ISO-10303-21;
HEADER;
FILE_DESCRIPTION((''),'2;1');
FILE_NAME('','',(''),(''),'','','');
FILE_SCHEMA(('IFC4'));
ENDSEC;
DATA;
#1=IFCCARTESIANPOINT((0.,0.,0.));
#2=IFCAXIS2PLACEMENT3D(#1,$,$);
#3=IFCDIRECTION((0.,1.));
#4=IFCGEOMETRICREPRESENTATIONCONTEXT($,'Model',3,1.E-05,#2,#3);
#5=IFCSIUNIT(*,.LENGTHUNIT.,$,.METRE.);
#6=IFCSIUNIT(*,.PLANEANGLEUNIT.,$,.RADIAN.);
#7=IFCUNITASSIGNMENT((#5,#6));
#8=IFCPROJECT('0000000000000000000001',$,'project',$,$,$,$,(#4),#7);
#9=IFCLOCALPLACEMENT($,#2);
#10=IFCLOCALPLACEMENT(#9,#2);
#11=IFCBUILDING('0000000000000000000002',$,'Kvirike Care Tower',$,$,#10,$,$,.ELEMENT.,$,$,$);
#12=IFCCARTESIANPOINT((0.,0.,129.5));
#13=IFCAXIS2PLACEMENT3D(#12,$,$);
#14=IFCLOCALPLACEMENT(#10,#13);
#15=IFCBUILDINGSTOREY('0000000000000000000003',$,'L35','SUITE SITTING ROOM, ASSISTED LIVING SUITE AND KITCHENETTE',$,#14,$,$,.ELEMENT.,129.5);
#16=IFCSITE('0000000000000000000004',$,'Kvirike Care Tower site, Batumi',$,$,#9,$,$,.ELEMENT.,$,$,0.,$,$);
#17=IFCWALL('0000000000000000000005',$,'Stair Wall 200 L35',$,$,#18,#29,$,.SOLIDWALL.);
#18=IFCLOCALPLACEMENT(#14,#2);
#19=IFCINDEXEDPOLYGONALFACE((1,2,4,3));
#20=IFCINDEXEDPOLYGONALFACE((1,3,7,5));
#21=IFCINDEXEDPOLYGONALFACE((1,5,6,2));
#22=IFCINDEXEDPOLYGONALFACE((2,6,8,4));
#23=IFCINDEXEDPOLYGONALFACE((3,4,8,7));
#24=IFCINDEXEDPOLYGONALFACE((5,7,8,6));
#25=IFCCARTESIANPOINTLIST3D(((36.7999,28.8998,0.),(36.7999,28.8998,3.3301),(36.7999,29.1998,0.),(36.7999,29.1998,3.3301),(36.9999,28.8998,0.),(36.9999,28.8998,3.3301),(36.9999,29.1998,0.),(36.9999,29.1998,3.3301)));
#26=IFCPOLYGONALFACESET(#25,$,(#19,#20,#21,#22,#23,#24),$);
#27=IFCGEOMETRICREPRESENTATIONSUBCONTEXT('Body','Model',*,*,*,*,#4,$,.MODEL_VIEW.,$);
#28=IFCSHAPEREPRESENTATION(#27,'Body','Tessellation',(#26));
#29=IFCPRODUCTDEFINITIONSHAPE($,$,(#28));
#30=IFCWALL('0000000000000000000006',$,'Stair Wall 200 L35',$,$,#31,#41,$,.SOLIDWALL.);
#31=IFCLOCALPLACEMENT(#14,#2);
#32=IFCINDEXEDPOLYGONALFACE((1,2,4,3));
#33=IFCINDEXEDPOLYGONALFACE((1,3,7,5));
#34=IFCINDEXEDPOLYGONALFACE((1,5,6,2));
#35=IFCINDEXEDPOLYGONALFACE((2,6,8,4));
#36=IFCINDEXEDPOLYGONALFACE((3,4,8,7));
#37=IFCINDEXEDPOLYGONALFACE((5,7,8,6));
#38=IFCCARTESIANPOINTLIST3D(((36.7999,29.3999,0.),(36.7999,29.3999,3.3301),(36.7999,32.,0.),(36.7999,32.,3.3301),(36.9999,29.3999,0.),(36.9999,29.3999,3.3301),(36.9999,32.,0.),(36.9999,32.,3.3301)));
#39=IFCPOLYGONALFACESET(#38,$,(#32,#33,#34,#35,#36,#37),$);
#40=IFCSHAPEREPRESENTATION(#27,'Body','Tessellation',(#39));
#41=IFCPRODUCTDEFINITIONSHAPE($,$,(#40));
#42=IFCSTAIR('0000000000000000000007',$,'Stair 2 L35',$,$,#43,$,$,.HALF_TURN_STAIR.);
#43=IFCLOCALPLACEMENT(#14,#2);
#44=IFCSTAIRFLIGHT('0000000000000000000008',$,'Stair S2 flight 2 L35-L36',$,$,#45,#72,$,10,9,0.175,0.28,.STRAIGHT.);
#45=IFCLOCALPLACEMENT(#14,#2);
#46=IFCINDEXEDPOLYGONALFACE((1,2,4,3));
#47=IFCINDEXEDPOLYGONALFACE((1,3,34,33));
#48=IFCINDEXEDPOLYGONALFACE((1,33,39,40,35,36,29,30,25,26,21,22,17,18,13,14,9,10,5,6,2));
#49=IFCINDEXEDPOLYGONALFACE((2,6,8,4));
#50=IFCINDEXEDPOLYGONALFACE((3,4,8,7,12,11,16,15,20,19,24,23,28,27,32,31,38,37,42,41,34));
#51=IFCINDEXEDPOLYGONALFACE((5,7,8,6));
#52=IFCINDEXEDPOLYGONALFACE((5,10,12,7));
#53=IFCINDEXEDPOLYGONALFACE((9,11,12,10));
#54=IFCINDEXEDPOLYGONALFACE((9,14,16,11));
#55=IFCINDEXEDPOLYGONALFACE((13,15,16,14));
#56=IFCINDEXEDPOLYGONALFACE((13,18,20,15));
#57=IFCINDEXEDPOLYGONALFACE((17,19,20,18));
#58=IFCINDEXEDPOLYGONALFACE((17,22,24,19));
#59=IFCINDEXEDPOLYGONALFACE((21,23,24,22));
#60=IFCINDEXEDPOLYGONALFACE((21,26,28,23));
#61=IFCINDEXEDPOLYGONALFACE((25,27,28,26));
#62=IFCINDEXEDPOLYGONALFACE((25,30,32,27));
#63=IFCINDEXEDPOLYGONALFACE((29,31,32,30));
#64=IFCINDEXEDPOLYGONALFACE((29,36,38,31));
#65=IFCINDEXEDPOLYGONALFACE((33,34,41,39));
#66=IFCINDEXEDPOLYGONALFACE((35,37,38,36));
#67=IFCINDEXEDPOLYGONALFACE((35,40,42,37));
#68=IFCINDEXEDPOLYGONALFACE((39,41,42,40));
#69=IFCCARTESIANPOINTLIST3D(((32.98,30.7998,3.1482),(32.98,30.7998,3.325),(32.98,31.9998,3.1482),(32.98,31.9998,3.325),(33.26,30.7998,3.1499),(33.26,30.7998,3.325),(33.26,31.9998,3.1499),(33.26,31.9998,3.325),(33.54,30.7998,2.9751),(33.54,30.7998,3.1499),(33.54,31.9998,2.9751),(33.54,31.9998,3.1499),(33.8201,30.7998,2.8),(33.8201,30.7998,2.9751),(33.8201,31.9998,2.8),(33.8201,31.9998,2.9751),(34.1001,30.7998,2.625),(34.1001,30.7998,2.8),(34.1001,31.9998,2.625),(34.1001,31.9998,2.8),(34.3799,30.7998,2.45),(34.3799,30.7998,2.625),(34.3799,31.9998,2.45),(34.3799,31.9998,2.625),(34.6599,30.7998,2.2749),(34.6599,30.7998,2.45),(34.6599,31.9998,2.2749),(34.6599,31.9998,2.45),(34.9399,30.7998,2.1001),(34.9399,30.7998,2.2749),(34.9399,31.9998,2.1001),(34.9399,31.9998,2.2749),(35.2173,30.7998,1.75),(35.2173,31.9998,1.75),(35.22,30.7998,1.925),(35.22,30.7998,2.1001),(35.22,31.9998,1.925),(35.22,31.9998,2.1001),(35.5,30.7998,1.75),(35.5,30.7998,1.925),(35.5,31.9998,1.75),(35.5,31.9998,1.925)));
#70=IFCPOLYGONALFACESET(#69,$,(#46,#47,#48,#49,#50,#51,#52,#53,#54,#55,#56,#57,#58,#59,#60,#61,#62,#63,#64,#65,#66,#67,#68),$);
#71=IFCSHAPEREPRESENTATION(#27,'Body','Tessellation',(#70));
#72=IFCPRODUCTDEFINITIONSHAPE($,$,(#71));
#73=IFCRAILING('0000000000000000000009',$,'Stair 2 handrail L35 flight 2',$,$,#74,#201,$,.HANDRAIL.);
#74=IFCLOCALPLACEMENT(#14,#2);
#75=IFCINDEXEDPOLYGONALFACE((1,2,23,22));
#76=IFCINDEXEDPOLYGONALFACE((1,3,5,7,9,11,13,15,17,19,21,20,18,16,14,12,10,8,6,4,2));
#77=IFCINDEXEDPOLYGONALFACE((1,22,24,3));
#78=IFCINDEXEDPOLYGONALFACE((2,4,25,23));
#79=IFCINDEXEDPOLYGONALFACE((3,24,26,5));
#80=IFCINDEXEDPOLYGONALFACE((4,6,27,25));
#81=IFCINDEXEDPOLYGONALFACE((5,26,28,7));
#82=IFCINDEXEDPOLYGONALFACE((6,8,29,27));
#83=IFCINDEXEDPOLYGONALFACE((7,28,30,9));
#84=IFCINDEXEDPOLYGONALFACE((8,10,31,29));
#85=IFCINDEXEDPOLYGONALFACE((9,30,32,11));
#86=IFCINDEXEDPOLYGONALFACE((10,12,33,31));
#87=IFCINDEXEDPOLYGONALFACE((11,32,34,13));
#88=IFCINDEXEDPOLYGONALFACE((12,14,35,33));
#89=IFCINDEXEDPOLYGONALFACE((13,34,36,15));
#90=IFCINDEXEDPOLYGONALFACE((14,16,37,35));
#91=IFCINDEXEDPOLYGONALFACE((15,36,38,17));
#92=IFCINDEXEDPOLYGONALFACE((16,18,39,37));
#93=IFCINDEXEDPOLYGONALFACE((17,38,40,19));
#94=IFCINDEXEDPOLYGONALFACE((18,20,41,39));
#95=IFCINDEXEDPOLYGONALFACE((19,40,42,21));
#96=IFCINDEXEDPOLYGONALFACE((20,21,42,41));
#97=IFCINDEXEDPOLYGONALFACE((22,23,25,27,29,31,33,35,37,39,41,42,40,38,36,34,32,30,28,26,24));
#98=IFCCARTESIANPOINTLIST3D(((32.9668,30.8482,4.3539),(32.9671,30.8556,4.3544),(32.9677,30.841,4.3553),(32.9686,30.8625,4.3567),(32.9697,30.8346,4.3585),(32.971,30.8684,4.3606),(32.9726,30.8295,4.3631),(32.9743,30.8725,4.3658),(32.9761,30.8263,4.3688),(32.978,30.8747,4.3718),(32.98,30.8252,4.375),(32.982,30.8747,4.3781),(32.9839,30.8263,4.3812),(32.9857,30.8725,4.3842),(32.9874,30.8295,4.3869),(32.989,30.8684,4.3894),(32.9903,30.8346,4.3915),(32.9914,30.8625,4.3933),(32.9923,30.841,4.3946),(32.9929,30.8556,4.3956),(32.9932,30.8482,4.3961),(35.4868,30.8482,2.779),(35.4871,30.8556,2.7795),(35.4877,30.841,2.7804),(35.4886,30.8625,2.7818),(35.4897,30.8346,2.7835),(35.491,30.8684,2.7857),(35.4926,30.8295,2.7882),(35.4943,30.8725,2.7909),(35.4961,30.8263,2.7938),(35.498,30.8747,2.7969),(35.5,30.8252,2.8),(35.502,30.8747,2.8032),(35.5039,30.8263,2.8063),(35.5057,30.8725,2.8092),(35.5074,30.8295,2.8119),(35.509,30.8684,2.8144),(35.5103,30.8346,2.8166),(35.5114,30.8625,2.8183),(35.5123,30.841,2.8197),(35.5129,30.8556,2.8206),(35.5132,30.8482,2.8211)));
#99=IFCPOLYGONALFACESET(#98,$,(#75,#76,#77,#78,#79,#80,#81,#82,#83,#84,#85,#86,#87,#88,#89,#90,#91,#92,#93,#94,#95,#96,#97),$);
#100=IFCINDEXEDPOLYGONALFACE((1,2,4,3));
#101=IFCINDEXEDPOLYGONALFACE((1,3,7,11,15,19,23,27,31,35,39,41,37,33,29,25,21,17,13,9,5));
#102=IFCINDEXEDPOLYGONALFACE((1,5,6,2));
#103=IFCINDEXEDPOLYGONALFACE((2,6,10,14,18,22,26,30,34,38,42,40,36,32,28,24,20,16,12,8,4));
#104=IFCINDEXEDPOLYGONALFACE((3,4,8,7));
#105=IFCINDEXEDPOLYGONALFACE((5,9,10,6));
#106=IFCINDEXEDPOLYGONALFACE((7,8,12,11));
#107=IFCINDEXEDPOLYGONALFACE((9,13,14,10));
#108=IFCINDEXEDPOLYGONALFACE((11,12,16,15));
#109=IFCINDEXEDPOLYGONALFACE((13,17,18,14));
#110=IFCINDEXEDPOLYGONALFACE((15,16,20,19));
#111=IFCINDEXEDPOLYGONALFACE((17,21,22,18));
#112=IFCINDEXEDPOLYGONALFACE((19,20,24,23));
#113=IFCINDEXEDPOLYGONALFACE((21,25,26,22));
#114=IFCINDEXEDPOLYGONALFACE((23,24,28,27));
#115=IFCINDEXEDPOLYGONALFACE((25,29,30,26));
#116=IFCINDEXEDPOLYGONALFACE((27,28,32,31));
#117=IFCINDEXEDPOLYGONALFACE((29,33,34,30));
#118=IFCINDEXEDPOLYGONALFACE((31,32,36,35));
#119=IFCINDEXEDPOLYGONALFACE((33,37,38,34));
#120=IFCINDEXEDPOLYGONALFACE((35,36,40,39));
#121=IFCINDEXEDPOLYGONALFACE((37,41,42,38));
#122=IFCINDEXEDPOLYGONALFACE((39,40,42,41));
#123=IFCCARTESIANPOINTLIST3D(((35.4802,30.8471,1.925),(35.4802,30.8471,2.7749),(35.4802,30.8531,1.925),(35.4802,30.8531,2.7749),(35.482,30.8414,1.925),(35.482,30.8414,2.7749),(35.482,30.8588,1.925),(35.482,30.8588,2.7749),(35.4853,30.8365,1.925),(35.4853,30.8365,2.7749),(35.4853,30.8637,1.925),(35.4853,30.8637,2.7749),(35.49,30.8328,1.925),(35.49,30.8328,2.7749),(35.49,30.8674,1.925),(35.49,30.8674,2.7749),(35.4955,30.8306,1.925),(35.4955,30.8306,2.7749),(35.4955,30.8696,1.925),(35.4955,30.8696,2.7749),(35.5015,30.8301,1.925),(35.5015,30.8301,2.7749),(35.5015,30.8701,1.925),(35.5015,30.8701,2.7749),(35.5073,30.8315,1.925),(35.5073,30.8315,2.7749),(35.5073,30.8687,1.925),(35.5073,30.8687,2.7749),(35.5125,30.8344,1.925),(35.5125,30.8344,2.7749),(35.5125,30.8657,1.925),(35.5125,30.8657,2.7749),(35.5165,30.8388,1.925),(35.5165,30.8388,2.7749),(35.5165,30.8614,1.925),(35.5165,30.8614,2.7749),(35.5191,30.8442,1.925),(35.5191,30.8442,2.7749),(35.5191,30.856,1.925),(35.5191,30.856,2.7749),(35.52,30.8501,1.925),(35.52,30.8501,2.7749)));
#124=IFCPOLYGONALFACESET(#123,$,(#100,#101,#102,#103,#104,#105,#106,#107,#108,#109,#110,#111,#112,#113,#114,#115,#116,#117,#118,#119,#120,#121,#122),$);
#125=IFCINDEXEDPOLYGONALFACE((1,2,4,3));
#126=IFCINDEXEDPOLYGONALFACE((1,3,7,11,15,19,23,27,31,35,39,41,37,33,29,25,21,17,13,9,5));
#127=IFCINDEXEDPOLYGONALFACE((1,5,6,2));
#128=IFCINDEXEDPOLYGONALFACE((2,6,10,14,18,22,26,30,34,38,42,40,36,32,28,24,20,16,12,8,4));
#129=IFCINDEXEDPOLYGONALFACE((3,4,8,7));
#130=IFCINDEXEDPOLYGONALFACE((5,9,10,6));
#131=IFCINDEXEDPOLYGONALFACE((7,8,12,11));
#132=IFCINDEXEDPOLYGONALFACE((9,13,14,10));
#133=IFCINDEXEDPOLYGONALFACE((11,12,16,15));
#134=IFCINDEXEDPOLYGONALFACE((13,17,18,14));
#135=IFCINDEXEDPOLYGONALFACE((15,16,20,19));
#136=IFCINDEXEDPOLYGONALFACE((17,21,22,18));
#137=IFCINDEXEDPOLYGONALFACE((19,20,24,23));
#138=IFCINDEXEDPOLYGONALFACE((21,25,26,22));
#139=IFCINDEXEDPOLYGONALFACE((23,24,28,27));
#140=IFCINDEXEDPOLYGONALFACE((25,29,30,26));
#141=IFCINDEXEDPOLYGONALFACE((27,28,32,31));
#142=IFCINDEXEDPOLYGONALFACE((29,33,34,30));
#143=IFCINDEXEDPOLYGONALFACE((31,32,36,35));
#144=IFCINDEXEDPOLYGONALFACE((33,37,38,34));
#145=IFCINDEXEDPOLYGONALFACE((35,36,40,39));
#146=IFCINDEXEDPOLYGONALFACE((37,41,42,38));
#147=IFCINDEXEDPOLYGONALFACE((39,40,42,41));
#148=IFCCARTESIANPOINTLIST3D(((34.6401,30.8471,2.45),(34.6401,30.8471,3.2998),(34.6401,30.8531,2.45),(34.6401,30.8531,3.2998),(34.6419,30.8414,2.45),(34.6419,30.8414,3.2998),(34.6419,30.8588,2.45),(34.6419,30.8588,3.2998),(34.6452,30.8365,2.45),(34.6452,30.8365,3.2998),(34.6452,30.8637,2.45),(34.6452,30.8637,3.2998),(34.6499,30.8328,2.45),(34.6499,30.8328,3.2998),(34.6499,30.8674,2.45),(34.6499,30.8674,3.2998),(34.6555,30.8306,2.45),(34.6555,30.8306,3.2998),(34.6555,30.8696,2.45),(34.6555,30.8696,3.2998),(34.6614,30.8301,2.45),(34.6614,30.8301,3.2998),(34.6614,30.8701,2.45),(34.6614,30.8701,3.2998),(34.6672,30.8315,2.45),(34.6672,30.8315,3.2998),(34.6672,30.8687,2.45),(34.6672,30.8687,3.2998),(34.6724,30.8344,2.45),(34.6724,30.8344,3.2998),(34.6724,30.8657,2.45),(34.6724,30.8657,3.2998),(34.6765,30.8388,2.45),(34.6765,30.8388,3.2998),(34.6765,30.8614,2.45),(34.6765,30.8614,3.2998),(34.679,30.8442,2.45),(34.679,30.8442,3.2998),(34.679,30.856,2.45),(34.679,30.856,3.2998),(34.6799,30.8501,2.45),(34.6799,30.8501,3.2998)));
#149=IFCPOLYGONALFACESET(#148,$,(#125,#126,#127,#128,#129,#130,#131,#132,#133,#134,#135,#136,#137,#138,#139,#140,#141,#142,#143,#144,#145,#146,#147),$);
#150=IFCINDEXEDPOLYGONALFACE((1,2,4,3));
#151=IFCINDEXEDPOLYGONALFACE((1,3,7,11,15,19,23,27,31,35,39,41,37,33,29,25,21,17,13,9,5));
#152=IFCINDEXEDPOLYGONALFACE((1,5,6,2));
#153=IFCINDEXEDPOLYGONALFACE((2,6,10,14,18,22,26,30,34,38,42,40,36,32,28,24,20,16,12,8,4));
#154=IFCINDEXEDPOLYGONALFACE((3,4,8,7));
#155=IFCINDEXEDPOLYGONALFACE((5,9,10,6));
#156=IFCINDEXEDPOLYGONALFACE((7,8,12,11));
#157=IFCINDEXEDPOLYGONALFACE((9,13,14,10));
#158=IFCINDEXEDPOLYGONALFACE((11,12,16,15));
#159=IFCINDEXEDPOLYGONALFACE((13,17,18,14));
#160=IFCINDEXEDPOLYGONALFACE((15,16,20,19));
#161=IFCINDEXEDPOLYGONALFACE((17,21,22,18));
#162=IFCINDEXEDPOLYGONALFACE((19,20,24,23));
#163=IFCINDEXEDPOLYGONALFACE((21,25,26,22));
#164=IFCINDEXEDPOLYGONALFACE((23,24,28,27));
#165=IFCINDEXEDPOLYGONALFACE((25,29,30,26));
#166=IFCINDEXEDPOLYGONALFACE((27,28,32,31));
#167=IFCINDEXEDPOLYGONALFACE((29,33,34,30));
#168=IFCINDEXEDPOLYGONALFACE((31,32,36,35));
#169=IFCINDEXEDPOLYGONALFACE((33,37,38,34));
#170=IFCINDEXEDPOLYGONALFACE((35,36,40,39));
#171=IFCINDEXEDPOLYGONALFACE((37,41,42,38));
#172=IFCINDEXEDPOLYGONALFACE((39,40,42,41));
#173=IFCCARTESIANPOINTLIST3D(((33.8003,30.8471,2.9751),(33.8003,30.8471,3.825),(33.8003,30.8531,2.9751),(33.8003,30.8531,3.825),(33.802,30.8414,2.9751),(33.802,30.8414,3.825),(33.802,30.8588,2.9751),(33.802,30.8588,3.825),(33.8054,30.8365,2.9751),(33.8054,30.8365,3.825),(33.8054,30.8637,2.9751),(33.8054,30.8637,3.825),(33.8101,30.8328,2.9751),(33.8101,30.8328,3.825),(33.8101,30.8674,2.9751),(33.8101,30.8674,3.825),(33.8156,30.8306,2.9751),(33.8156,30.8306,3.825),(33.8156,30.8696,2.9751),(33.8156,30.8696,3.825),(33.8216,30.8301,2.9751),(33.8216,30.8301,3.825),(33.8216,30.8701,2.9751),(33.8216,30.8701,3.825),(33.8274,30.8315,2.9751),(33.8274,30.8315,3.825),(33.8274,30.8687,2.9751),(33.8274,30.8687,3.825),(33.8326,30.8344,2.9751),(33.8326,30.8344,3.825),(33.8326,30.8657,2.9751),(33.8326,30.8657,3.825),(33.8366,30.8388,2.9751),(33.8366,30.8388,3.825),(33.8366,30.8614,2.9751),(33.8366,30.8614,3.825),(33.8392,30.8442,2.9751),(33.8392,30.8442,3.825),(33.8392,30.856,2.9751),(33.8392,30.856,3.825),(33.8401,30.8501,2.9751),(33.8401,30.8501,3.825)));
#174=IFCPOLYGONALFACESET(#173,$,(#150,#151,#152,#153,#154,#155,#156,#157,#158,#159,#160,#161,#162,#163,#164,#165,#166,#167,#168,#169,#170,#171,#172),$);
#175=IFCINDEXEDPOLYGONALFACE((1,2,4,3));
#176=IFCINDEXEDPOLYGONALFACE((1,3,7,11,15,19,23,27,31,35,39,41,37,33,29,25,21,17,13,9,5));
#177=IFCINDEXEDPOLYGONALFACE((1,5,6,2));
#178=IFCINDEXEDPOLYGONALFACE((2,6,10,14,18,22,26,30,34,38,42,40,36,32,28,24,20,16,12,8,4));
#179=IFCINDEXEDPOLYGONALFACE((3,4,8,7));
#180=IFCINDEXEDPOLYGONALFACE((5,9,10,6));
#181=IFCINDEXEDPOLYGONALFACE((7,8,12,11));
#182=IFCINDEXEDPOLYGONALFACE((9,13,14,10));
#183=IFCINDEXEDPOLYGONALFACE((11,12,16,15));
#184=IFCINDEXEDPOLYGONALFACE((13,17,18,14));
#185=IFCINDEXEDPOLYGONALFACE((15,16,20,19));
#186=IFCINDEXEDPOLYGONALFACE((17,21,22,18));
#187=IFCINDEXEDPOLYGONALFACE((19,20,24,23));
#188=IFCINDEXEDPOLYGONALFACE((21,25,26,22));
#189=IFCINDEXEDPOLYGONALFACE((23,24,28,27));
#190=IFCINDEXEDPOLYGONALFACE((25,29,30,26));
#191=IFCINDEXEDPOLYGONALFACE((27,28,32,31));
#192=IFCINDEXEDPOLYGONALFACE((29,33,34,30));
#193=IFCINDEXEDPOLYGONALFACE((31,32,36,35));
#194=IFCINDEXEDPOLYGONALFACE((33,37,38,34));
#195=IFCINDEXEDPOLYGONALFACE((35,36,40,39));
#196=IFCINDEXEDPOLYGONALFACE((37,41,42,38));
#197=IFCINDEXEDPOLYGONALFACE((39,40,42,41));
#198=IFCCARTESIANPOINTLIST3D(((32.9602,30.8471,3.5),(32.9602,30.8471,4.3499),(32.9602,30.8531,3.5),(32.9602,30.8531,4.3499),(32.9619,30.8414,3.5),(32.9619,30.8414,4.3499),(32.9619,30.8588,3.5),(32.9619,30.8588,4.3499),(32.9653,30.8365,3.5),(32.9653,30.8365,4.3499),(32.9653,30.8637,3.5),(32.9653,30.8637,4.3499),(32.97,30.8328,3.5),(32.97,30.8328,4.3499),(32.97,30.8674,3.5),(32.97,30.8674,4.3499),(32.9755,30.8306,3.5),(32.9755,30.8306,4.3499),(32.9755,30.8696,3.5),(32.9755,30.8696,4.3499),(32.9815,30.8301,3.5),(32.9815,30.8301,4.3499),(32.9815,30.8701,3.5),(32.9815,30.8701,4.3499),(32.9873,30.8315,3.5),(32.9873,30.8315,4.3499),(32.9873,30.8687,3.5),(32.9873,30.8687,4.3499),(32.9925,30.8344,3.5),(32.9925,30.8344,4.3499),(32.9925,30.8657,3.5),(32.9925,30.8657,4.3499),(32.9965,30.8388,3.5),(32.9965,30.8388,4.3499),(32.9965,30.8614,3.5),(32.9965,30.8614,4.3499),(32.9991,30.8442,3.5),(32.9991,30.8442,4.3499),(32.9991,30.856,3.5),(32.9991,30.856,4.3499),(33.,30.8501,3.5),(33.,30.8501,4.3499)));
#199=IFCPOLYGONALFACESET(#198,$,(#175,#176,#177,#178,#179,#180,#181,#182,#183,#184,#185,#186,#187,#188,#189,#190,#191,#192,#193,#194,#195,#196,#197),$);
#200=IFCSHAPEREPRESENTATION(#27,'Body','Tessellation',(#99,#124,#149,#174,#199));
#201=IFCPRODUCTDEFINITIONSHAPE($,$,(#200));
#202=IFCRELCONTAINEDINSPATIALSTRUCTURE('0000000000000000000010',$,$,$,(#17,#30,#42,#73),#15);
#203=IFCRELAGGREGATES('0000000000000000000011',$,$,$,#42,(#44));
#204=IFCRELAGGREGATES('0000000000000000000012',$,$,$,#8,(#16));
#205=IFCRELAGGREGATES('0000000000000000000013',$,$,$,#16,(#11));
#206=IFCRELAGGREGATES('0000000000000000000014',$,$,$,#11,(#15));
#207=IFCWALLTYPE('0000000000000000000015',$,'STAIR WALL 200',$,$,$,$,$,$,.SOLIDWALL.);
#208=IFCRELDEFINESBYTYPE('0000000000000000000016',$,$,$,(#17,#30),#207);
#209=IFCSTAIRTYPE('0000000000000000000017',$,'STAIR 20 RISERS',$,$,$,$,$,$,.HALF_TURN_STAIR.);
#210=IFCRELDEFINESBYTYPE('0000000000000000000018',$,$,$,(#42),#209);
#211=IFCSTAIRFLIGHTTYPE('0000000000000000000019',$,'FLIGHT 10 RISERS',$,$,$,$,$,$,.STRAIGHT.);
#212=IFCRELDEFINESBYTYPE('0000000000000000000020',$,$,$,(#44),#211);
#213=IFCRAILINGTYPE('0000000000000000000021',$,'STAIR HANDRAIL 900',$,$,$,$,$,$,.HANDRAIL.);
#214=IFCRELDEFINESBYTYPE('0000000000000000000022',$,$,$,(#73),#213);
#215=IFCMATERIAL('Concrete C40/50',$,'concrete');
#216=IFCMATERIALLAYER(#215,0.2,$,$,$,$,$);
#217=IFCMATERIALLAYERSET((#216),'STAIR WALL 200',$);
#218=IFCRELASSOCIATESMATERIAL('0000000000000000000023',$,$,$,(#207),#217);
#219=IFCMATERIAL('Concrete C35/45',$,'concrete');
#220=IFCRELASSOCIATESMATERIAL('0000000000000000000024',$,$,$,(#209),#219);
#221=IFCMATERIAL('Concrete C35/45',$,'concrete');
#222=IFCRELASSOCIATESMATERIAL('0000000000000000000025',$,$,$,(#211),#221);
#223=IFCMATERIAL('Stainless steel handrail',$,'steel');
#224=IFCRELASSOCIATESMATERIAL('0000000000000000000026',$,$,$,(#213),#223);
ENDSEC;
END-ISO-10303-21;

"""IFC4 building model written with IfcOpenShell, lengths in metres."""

from ifc_helpers import new_model, si_unit, direction, frame, frame_2d, origin, origin_2d, place, context, subcontext, project, spatial, polyline, rectangle, circle, outline, extrude, material, layer, layer_set, type_object, element, aggregate, save


model = new_model("IFC4")

# Units and contexts
model_context = context("Model", 3, precision=1e-05, world=origin(), true_north=direction((0.0, 1.0)))
body_context = subcontext(model_context, "Body", "Model", "MODEL_VIEW")
ifc_project = project(units=[si_unit("LENGTHUNIT", "METRE"), si_unit("PLANEANGLEUNIT", "RADIAN")], contexts=[model_context])

# Site, building, storey
site_placement = place(None, origin())
site = spatial("IfcSite", under=ifc_project, at=site_placement, Name="Kvirike Care Tower site, Batumi", CompositionType="ELEMENT", RefElevation=0.0)
building_placement = place(site_placement, origin())
building = spatial("IfcBuilding", under=site, at=building_placement, Name="Kvirike Care Tower", CompositionType="ELEMENT")
storey_placement = place(building_placement, frame((0.0, 0.0, 129.5)))
storey = spatial("IfcBuildingStorey", under=building, at=storey_placement, Name="L35", Description="SUITE SITTING ROOM, ASSISTED LIVING SUITE AND KITCHENETTE", CompositionType="ELEMENT", Elevation=129.5)

# Walls
ifc_material_1 = material(Name="Concrete C40/50", Category="concrete")
ifc_layer_1 = layer(ifc_material_1, 0.2)
ifc_layer_set_1 = layer_set([ifc_layer_1], Name="STAIR WALL 200")
wall_type_1 = type_object("IfcWallType", Name="STAIR WALL 200", PredefinedType="SOLIDWALL", material=ifc_layer_set_1)
wall_1_placement = place(storey_placement, frame((36.8999, 28.8999, 0.0), z_axis=(0.0, 0.0, 1.0), x_axis=(0.0, 1.0, 0.0)))
element("IfcWall", 1, at=wall_1_placement, inside=storey, type_object=wall_type_1, Name="Stair Wall 200 L35", PredefinedType="SOLIDWALL", context=body_context, shape_type="SweptSolid", body=[
    extrude(rectangle(XDim=0.3, YDim=0.2, at=frame_2d((0.1499, 0.0))), origin(), (0.0, 0.0, 1.0), 3.3301),
])
wall_2_placement = place(storey_placement, frame((36.8999, 29.3999, 0.0), z_axis=(0.0, 0.0, 1.0), x_axis=(0.0, 1.0, 0.0)))
element("IfcWall", 2, at=wall_2_placement, inside=storey, type_object=wall_type_1, Name="Stair Wall 200 L35", PredefinedType="SOLIDWALL", context=body_context, shape_type="SweptSolid", body=[
    extrude(rectangle(XDim=2.6001, YDim=0.2, at=frame_2d((1.3, 0.0))), origin(), (0.0, 0.0, 1.0), 3.3301),
])

# Stair, stair flight
ifc_material_2 = material(Name="Concrete C35/45", Category="concrete")
stair_type = type_object("IfcStairType", Name="STAIR 20 RISERS", PredefinedType="HALF_TURN_STAIR", material=ifc_material_2)
stair_placement = place(storey_placement, origin())
stair = element("IfcStair", 3, at=stair_placement, inside=storey, type_object=stair_type, Name="Stair 2 L35", PredefinedType="HALF_TURN_STAIR")
ifc_material_3 = material(Name="Concrete C35/45", Category="concrete")
stair_flight_type = type_object("IfcStairFlightType", Name="FLIGHT 10 RISERS", PredefinedType="STRAIGHT", material=ifc_material_3)
stair_flight_placement = place(storey_placement, frame((35.5, 31.3999, 1.75), z_axis=(0.0, 0.0, 1.0), x_axis=(-1.0, 0.0, 0.0)))
stair_flight = element("IfcStairFlight", 4, at=stair_flight_placement, type_object=stair_flight_type, Name="Stair S2 flight 2 L35-L36", NumberOfRisers=10, NumberOfTreads=9, PredefinedType="STRAIGHT", RiserHeight=0.175, TreadLength=0.28, context=body_context, shape_type="SweptSolid", body=[
    extrude(outline(polyline([(0.0, 0.0), (0.0, 0.175), (0.28, 0.175), (0.28, 0.3501), (0.5601, 0.3501), (0.5601, 0.5249), (0.8401, 0.5249), (0.8401, 0.7), (1.1201, 0.7), (1.1201, 0.875), (1.3999, 0.875), (1.3999, 1.05), (1.6799, 1.05), (1.6799, 1.2251), (1.96, 1.2251), (1.96, 1.3999), (2.24, 1.3999), (2.24, 1.575), (2.52, 1.575), (2.52, 1.75), (2.52, 1.3982), (0.2827, 0.0), (0.0, 0.0)])), frame((0.0, 0.6001, 0.0), z_axis=(0.0, -1.0, 0.0), x_axis=(1.0, 0.0, 0.0)), (0.0, 0.0, 1.0), 1.2),
])
aggregate(stair, [stair_flight])

# Railing
ifc_material_4 = material(Name="Stainless steel handrail", Category="steel")
railing_type = type_object("IfcRailingType", Name="STAIR HANDRAIL 900", PredefinedType="HANDRAIL", material=ifc_material_4)
railing_placement = place(storey_placement, frame((35.5, 30.8501, 1.925)))
element("IfcRailing", 5, at=railing_placement, inside=storey, type_object=railing_type, Name="Stair 2 handrail L35 flight 2", PredefinedType="HANDRAIL", context=body_context, shape_type="SweptSolid", body=[
    extrude(circle(Radius=0.0249, at=origin_2d()), frame((0.0, 0.0, 0.875), z_axis=(-0.848008, 0.0, 0.529984), x_axis=(0.0, -1.0, 0.0)), (0.0, 0.0, 1.0), 2.9717),
    extrude(circle(Radius=0.02, at=origin_2d()), origin(), (0.0, 0.0, 1.0), 0.8499),
    extrude(circle(Radius=0.02, at=origin_2d()), frame((-0.8401, 0.0, 0.5249)), (0.0, 0.0, 1.0), 0.8499),
    extrude(circle(Radius=0.02, at=origin_2d()), frame((-1.6799, 0.0, 1.05)), (0.0, 0.0, 1.0), 0.8499),
    extrude(circle(Radius=0.02, at=origin_2d()), frame((-2.52, 0.0, 1.575)), (0.0, 0.0, 1.0), 0.8499),
])

save(model, "model.ifc")
